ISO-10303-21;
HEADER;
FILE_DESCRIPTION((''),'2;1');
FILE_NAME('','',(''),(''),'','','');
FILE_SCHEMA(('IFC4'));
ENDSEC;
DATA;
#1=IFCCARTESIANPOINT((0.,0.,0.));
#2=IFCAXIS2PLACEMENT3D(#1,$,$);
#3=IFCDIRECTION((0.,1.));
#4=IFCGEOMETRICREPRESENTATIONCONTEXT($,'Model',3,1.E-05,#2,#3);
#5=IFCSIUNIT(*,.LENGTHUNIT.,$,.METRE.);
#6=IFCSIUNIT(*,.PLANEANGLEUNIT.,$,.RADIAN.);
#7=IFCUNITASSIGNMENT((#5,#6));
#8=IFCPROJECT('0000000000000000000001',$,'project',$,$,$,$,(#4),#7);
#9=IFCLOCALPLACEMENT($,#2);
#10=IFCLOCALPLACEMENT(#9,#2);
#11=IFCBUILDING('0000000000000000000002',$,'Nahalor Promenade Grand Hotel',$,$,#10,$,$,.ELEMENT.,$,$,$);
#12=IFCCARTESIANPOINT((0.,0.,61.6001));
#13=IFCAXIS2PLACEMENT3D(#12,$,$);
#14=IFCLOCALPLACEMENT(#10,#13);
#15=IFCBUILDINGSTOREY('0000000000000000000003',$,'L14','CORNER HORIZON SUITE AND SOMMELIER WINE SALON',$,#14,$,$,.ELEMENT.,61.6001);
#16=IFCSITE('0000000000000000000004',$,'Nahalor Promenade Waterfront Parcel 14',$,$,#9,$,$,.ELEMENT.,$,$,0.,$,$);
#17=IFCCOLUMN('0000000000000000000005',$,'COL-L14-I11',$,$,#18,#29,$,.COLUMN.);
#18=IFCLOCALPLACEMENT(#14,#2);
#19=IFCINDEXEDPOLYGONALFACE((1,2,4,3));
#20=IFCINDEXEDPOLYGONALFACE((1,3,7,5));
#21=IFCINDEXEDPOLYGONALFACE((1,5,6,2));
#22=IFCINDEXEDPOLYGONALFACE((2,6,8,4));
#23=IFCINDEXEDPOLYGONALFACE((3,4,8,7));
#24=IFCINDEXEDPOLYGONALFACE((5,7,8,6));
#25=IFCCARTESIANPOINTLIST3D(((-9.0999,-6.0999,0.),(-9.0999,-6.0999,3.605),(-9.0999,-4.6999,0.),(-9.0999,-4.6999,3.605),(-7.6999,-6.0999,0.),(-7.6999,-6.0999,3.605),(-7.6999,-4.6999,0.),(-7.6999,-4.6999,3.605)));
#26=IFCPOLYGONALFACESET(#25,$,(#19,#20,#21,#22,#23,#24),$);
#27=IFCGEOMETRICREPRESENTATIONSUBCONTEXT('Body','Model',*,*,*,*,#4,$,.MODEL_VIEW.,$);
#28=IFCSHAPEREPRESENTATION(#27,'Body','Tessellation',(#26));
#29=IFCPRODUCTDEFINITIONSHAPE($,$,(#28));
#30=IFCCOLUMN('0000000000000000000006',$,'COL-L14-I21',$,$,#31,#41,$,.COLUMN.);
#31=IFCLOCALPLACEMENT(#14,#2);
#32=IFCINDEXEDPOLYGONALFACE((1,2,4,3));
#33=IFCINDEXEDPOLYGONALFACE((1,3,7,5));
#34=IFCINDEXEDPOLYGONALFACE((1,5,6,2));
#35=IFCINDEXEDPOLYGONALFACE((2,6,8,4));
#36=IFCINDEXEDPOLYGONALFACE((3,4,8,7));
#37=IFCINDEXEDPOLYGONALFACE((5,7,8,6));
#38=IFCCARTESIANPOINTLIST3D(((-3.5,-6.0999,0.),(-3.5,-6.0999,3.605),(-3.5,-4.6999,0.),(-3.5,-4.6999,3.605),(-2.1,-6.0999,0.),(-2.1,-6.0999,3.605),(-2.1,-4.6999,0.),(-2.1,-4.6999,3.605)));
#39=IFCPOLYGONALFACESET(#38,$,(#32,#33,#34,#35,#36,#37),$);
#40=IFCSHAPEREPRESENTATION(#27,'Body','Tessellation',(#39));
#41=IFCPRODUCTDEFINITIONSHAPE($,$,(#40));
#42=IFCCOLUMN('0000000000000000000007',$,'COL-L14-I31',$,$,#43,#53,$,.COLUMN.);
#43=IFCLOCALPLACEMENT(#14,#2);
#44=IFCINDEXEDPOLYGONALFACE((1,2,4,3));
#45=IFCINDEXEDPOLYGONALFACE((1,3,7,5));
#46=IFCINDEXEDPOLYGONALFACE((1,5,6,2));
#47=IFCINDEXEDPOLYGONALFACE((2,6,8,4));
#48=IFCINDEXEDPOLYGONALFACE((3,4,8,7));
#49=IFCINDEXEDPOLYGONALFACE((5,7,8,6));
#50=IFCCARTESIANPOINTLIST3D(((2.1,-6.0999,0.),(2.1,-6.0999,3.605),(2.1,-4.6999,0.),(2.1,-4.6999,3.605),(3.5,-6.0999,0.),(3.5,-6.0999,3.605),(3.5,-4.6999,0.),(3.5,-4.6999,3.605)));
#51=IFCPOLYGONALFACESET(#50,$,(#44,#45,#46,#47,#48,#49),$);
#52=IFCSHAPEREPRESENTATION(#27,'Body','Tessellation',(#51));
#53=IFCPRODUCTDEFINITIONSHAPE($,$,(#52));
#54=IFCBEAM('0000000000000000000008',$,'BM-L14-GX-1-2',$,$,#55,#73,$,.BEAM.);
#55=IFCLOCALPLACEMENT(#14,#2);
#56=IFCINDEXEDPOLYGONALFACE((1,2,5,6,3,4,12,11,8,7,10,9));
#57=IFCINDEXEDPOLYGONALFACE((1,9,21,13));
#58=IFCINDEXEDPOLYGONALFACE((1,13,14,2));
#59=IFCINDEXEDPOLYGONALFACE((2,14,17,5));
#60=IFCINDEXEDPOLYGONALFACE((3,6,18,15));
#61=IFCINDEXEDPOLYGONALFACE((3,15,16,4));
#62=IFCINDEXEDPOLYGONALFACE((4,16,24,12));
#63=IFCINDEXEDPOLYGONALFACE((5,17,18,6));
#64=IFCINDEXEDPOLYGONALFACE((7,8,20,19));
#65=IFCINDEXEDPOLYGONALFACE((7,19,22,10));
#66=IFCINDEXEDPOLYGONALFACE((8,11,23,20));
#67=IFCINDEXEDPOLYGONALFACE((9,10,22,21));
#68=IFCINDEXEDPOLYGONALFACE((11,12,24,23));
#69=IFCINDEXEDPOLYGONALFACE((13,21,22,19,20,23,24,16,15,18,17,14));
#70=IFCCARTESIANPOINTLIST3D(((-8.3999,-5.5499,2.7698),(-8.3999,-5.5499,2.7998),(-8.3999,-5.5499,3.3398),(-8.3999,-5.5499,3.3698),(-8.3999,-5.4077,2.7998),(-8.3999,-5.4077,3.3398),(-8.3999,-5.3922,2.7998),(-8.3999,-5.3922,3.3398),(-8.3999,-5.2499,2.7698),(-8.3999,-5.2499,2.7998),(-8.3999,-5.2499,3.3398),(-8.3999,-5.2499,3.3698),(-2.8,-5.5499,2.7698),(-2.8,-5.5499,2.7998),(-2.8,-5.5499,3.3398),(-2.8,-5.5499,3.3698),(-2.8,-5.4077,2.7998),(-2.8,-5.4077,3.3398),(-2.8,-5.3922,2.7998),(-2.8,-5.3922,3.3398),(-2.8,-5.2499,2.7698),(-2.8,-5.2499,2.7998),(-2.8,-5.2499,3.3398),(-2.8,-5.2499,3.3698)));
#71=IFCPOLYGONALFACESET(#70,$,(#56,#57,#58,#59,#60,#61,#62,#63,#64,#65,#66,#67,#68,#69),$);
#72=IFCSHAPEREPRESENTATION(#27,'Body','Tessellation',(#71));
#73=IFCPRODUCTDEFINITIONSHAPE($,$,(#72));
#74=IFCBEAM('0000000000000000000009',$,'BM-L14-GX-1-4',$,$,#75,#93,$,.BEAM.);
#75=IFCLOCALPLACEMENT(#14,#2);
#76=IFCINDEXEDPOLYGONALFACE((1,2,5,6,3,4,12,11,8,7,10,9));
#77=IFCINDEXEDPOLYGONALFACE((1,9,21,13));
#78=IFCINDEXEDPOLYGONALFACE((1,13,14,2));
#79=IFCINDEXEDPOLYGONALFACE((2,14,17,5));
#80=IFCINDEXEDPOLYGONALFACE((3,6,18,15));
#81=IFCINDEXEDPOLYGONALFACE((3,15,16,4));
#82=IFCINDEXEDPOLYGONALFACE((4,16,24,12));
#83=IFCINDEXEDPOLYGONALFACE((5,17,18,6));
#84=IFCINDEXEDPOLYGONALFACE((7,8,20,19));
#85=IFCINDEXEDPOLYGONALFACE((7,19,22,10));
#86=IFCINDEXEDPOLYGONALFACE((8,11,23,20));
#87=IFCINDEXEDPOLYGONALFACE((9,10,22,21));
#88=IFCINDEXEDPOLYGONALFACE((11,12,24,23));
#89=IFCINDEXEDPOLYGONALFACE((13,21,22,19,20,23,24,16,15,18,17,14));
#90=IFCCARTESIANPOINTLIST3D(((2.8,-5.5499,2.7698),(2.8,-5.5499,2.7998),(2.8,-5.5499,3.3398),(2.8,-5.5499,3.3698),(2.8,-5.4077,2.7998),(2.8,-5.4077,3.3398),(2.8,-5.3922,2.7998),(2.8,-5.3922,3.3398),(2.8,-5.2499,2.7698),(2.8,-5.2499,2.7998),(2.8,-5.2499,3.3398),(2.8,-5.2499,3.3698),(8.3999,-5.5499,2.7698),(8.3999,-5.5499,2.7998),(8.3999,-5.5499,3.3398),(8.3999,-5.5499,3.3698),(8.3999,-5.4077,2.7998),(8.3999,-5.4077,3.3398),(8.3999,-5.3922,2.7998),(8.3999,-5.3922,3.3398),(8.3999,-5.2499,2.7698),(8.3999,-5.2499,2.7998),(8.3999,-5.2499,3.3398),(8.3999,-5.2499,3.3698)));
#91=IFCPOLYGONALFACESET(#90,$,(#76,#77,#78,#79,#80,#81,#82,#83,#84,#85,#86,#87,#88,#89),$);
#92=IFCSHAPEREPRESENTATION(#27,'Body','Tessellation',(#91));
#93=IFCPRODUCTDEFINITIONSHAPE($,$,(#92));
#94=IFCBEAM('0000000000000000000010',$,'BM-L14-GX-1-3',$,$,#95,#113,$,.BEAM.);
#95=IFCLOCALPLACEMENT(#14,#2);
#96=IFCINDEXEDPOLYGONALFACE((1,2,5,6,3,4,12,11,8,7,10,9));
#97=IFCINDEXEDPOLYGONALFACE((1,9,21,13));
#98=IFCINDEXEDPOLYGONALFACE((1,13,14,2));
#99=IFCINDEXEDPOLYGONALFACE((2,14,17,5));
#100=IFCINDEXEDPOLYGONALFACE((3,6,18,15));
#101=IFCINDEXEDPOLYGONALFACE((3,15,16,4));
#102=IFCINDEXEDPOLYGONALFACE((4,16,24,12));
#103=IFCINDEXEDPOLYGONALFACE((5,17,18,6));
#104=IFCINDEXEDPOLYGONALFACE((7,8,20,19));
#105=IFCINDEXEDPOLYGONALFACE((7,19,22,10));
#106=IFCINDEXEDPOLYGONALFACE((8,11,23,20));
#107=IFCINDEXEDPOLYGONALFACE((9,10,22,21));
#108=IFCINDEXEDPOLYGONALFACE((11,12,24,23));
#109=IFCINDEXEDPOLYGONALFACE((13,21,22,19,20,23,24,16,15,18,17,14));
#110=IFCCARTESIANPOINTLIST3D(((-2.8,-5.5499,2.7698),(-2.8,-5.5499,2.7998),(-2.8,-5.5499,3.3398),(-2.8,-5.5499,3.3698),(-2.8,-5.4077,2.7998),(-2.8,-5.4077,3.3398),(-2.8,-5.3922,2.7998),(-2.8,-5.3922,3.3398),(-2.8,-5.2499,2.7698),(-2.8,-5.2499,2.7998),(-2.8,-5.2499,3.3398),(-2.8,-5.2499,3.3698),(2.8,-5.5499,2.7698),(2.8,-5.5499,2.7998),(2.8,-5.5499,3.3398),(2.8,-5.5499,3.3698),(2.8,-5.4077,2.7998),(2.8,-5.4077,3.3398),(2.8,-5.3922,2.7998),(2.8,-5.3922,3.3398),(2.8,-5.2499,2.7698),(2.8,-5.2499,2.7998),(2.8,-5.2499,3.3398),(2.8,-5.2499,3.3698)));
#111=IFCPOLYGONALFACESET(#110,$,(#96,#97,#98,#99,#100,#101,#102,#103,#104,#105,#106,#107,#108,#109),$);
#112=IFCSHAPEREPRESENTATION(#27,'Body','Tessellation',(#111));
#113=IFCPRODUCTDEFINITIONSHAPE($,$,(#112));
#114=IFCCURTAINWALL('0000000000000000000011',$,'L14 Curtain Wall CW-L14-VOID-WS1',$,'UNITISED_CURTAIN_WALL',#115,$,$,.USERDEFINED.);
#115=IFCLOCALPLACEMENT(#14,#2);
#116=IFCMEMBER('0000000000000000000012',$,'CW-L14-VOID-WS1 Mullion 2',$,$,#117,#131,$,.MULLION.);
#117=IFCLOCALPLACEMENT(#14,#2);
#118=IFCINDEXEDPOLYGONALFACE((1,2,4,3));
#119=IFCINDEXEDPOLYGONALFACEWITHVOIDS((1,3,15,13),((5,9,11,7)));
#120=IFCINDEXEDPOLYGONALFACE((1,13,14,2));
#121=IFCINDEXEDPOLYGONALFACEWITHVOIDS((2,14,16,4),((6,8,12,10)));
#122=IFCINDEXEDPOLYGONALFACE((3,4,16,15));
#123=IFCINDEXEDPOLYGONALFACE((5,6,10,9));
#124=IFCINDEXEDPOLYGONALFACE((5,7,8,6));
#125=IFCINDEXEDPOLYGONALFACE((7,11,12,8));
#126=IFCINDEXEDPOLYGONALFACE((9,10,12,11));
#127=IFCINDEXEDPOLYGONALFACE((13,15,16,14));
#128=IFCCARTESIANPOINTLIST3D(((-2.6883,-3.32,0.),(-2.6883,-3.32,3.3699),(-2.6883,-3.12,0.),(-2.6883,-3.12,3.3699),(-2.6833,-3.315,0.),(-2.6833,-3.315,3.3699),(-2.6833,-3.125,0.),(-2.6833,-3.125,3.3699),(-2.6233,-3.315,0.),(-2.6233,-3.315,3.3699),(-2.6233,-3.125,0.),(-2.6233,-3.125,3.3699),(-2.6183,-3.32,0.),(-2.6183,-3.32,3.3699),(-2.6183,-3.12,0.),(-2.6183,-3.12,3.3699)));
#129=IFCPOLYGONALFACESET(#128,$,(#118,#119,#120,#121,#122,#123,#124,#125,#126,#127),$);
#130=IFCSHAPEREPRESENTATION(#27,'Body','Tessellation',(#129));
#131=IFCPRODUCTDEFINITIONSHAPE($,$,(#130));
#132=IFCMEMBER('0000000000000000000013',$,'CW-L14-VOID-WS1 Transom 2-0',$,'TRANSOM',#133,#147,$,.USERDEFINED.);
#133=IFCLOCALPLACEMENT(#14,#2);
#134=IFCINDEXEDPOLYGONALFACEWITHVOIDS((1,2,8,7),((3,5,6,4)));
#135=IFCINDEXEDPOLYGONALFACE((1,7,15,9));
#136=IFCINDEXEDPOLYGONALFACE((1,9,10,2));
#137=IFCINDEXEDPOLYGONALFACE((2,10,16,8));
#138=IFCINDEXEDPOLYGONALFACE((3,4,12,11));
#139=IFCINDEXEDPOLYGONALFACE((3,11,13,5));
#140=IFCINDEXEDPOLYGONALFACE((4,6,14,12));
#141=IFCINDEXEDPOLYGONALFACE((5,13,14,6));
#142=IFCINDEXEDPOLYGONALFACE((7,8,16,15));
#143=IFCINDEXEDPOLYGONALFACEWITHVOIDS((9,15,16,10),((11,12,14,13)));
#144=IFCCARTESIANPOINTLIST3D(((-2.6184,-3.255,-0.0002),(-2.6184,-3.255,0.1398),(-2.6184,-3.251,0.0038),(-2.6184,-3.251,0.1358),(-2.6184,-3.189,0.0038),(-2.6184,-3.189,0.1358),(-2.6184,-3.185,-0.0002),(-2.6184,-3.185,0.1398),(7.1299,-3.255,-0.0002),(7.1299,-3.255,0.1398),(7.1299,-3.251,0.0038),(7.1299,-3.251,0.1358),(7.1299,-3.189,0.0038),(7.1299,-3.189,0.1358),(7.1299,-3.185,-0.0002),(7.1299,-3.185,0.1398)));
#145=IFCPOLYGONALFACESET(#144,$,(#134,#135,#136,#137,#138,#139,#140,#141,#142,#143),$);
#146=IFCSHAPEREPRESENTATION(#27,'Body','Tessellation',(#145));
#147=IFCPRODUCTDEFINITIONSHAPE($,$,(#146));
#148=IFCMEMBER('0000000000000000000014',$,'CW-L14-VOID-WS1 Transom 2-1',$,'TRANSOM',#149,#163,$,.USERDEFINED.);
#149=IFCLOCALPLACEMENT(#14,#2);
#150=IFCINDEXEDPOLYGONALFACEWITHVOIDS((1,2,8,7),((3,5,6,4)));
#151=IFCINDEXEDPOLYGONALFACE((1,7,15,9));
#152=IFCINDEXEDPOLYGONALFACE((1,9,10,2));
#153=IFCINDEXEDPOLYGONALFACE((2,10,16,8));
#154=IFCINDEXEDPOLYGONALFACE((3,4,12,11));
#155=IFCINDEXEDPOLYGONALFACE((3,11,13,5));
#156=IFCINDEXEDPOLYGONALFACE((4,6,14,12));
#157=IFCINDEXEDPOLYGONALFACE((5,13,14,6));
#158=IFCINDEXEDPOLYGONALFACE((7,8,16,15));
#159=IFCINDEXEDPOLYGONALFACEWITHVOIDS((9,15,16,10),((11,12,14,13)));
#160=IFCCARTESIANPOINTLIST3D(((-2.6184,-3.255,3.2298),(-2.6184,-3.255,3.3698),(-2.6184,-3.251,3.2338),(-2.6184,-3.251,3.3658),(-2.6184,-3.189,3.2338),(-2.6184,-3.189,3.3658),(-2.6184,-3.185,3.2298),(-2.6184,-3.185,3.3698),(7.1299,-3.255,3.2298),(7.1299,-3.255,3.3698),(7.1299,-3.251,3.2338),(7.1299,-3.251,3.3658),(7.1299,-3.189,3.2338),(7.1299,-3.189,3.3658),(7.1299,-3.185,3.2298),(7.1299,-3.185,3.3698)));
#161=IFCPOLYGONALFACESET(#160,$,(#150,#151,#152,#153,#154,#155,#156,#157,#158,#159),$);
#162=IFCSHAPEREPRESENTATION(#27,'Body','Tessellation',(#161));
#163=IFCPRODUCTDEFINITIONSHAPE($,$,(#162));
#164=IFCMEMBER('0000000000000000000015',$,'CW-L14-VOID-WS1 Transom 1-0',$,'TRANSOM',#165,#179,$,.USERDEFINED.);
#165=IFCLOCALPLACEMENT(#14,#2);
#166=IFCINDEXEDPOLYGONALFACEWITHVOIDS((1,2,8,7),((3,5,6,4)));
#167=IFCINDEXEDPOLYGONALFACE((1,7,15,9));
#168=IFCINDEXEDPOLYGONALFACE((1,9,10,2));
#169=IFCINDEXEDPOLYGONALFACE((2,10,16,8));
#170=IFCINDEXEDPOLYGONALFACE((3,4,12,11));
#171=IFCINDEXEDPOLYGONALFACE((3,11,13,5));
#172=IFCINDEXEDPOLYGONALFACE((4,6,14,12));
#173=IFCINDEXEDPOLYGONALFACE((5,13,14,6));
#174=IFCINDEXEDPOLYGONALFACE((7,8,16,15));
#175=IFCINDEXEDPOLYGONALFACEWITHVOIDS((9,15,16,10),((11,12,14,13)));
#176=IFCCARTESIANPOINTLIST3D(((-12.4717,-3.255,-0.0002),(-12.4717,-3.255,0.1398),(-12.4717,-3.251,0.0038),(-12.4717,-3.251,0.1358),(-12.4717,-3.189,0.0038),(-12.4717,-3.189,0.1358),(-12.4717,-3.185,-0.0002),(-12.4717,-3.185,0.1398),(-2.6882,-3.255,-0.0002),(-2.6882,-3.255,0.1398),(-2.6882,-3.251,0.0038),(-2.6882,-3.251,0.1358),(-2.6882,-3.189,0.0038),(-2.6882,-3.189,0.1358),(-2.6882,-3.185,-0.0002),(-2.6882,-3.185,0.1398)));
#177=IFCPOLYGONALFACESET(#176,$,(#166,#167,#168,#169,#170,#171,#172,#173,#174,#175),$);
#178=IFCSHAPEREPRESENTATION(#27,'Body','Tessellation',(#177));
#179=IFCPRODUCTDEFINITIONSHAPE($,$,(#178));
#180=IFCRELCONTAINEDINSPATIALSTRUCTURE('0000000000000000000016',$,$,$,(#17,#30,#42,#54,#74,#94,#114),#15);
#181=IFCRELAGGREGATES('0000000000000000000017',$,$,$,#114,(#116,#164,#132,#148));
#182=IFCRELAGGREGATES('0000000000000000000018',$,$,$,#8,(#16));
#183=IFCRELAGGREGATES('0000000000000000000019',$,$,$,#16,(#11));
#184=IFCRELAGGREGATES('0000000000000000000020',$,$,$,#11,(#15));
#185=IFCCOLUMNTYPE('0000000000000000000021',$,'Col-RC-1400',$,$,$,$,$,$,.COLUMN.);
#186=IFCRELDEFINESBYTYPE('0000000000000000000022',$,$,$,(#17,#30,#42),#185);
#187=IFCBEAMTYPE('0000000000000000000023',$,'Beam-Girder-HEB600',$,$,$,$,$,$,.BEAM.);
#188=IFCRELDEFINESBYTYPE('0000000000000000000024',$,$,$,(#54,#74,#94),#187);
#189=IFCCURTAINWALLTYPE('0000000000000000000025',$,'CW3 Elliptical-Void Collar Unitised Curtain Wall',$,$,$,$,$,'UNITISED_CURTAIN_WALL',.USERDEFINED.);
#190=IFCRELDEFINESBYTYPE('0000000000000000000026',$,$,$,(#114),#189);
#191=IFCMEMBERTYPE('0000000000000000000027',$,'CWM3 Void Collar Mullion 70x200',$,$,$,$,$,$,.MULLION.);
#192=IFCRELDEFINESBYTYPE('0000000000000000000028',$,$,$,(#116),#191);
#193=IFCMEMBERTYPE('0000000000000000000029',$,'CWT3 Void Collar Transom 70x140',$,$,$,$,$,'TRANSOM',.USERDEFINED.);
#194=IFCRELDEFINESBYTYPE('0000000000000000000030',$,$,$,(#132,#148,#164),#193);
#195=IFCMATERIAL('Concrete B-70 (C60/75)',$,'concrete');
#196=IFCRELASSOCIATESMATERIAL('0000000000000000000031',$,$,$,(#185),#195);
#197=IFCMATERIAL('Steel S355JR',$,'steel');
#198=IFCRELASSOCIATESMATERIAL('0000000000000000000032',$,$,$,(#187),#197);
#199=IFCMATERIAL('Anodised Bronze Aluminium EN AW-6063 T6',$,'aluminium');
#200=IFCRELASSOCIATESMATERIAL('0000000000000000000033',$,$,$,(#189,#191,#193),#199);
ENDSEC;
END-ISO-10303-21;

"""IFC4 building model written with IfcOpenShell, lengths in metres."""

from ifc_helpers import new_model, si_unit, direction, frame, origin, origin_2d, place, context, subcontext, project, spatial, rectangle, hollow_rectangle, i_section, extrude, source, transform, mapped, material, material_profile, profile_set, type_object, element, aggregate, save


model = new_model("IFC4")

# Units and contexts
model_context = context("Model", 3, precision=1e-05, world=origin(), true_north=direction((0.0, 1.0)))
body_context = subcontext(model_context, "Body", "Model", "MODEL_VIEW")
ifc_project = project(units=[si_unit("LENGTHUNIT", "METRE"), si_unit("PLANEANGLEUNIT", "RADIAN")], contexts=[model_context])

# Site, building, storey
site_placement = place(None, origin())
site = spatial("IfcSite", under=ifc_project, at=site_placement, Name="Nahalor Promenade Waterfront Parcel 14", CompositionType="ELEMENT", RefElevation=0.0)
building_placement = place(site_placement, origin())
building = spatial("IfcBuilding", under=site, at=building_placement, Name="Nahalor Promenade Grand Hotel", CompositionType="ELEMENT")
storey_placement = place(building_placement, frame((0.0, 0.0, 61.6001)))
storey = spatial("IfcBuildingStorey", under=building, at=storey_placement, Name="L14", Description="CORNER HORIZON SUITE AND SOMMELIER WINE SALON", CompositionType="ELEMENT", Elevation=61.6001)

# Columns
ifc_material_1 = material(Name="Concrete B-70 (C60/75)", Category="concrete")
ifc_material_profile_1 = material_profile(ifc_material_1, rectangle(XDim=1.4, YDim=1.4, at=origin_2d()), Name="RC 1400x1400")
ifc_profile_set_1 = profile_set([ifc_material_profile_1], Name="Concrete B-70 (C60/75)")
column_type = type_object("IfcColumnType", Name="Col-RC-1400", PredefinedType="COLUMN", material=ifc_profile_set_1)
shared_shape_1 = source(origin(), body_context, "Body", "SweptSolid", [
    extrude(rectangle(XDim=1.4, YDim=1.4, at=origin_2d()), origin(), (0.0, 0.0, 1.0), 3.605),
])
for number, where, z_axis, x_axis, name in (
    (1, (-8.3999, -5.3999, 0.0), (0.0, 0.0, 1.0), (1.0, 0.0, 0.0), "COL-L14-I11"),
    (2, (-2.8, -5.3999, 0.0), (0.0, 0.0, 1.0), (1.0, 0.0, 0.0), "COL-L14-I21"),
    (3, (2.8, -5.3999, 0.0), (0.0, 0.0, 1.0), (1.0, 0.0, 0.0), "COL-L14-I31"),
):
    element("IfcColumn", number, at=place(storey_placement, frame(where, z_axis=z_axis, x_axis=x_axis)), inside=storey, type_object=column_type, Name=name, PredefinedType="COLUMN", context=body_context, shape_type="MappedRepresentation", body=[
        mapped(shared_shape_1, transform((0.0, 0.0, 0.0), scale=1.0)),
    ])

# Beams
ifc_material_2 = material(Name="Steel S355JR", Category="steel")
ifc_material_profile_2 = material_profile(ifc_material_2, i_section(OverallWidth=0.3, OverallDepth=0.6, WebThickness=0.0155, FlangeThickness=0.03, at=origin_2d()), Name="HEB 600")
ifc_profile_set_2 = profile_set([ifc_material_profile_2], Name="Steel S355JR")
beam_type = type_object("IfcBeamType", Name="Beam-Girder-HEB600", PredefinedType="BEAM", material=ifc_profile_set_2)
shared_shape_2 = source(origin(), body_context, "Body", "SweptSolid", [
    extrude(i_section(OverallWidth=0.3, OverallDepth=0.6, WebThickness=0.0155, FlangeThickness=0.03, at=origin_2d()), origin(), (0.0, 0.0, 1.0), 5.5999),
])
for number, where, z_axis, x_axis, name in (
    (4, (-8.3999, -5.3999, 3.0698), (1.0, 0.0, 0.0), (0.0, 1.0, 0.0), "BM-L14-GX-1-2"),
    (5, (2.8, -5.3999, 3.0698), (1.0, 0.0, 0.0), (0.0, 1.0, 0.0), "BM-L14-GX-1-4"),
):
    element("IfcBeam", number, at=place(storey_placement, frame(where, z_axis=z_axis, x_axis=x_axis)), inside=storey, type_object=beam_type, Name=name, PredefinedType="BEAM", context=body_context, shape_type="MappedRepresentation", body=[
        mapped(shared_shape_2, transform((0.0, 0.0, 0.0), scale=1.0)),
    ])
shared_shape_3 = source(origin(), body_context, "Body", "SweptSolid", [
    extrude(i_section(OverallWidth=0.3, OverallDepth=0.6, WebThickness=0.0155, FlangeThickness=0.03, at=origin_2d()), origin(), (0.0, 0.0, 1.0), 5.6001),
])
beam_placement = place(storey_placement, frame((-2.8, -5.3999, 3.0698), z_axis=(1.0, 0.0, 0.0), x_axis=(0.0, 1.0, 0.0)))
element("IfcBeam", 6, at=beam_placement, inside=storey, type_object=beam_type, Name="BM-L14-GX-1-3", PredefinedType="BEAM", context=body_context, shape_type="MappedRepresentation", body=[
    mapped(shared_shape_3, transform((0.0, 0.0, 0.0), scale=1.0)),
])

# Curtain wall, members
ifc_material_3 = material(Name="Anodised Bronze Aluminium EN AW-6063 T6", Category="aluminium")
curtain_wall_type = type_object("IfcCurtainWallType", Name="CW3 Elliptical-Void Collar Unitised Curtain Wall", ElementType="UNITISED_CURTAIN_WALL", PredefinedType="USERDEFINED", material=ifc_material_3)
curtain_wall_placement = place(storey_placement, origin())
curtain_wall = element("IfcCurtainWall", 7, at=curtain_wall_placement, inside=storey, type_object=curtain_wall_type, Name="L14 Curtain Wall CW-L14-VOID-WS1", ObjectType="UNITISED_CURTAIN_WALL", PredefinedType="USERDEFINED")
ifc_material_profile_3 = material_profile(ifc_material_3, hollow_rectangle(XDim=0.07, YDim=0.2, WallThickness=0.005, at=origin_2d()), Name="CWM 70x200x5")
ifc_profile_set_3 = profile_set([ifc_material_profile_3], Name="Anodised Bronze Aluminium EN AW-6063 T6")
member_type_1 = type_object("IfcMemberType", Name="CWM3 Void Collar Mullion 70x200", PredefinedType="MULLION", material=ifc_profile_set_3)
shared_shape_4 = source(origin(), body_context, "Body", "SweptSolid", [
    extrude(hollow_rectangle(XDim=0.07, YDim=0.2, WallThickness=0.005, at=origin_2d()), origin(), (0.0, 0.0, 1.0), 3.3699),
])
member_1_placement = place(storey_placement, frame((-2.6533, -3.22, 0.0), z_axis=(0.0, 0.0, 1.0), x_axis=(1.0, 0.0, 0.0)))
member_1 = element("IfcMember", 8, at=member_1_placement, type_object=member_type_1, Name="CW-L14-VOID-WS1 Mullion 2", PredefinedType="MULLION", context=body_context, shape_type="MappedRepresentation", body=[
    mapped(shared_shape_4, transform((0.0, 0.0, 0.0), scale=1.0)),
])
ifc_material_profile_4 = material_profile(ifc_material_3, hollow_rectangle(XDim=0.07, YDim=0.14, WallThickness=0.004, at=origin_2d()), Name="CWT 70x140x4")
ifc_profile_set_4 = profile_set([ifc_material_profile_4], Name="Anodised Bronze Aluminium EN AW-6063 T6")
member_type_2 = type_object("IfcMemberType", Name="CWT3 Void Collar Transom 70x140", ElementType="TRANSOM", PredefinedType="USERDEFINED", material=ifc_profile_set_4)
shared_shape_5 = source(origin(), body_context, "Body", "SweptSolid", [
    extrude(hollow_rectangle(XDim=0.07, YDim=0.14, WallThickness=0.004, at=origin_2d()), origin(), (0.0, 0.0, 1.0), 9.7483),
])
member_2_placement = place(storey_placement, frame((-2.6184, -3.22, 0.0698), z_axis=(1.0, 0.0, 0.0), x_axis=(0.0, 1.0, 0.0)))
member_2 = element("IfcMember", 9, at=member_2_placement, type_object=member_type_2, Name="CW-L14-VOID-WS1 Transom 2-0", ObjectType="TRANSOM", PredefinedType="USERDEFINED", context=body_context, shape_type="MappedRepresentation", body=[
    mapped(shared_shape_5, transform((0.0, 0.0, 0.0), scale=1.0)),
])
member_3_placement = place(storey_placement, frame((-2.6184, -3.22, 3.2998), z_axis=(1.0, 0.0, 0.0), x_axis=(0.0, 1.0, 0.0)))
member_3 = element("IfcMember", 10, at=member_3_placement, type_object=member_type_2, Name="CW-L14-VOID-WS1 Transom 2-1", ObjectType="TRANSOM", PredefinedType="USERDEFINED", context=body_context, shape_type="MappedRepresentation", body=[
    mapped(shared_shape_5, transform((0.0, 0.0, 0.0), scale=1.0)),
])
shared_shape_6 = source(origin(), body_context, "Body", "SweptSolid", [
    extrude(hollow_rectangle(XDim=0.07, YDim=0.14, WallThickness=0.004, at=origin_2d()), origin(), (0.0, 0.0, 1.0), 9.7834),
])
member_4_placement = place(storey_placement, frame((-12.4717, -3.22, 0.0698), z_axis=(1.0, 0.0, 0.0), x_axis=(0.0, 1.0, 0.0)))
member_4 = element("IfcMember", 11, at=member_4_placement, type_object=member_type_2, Name="CW-L14-VOID-WS1 Transom 1-0", ObjectType="TRANSOM", PredefinedType="USERDEFINED", context=body_context, shape_type="MappedRepresentation", body=[
    mapped(shared_shape_6, transform((0.0, 0.0, 0.0), scale=1.0)),
])
aggregate(curtain_wall, [member_1, member_4, member_2, member_3])

save(model, "model.ifc")
